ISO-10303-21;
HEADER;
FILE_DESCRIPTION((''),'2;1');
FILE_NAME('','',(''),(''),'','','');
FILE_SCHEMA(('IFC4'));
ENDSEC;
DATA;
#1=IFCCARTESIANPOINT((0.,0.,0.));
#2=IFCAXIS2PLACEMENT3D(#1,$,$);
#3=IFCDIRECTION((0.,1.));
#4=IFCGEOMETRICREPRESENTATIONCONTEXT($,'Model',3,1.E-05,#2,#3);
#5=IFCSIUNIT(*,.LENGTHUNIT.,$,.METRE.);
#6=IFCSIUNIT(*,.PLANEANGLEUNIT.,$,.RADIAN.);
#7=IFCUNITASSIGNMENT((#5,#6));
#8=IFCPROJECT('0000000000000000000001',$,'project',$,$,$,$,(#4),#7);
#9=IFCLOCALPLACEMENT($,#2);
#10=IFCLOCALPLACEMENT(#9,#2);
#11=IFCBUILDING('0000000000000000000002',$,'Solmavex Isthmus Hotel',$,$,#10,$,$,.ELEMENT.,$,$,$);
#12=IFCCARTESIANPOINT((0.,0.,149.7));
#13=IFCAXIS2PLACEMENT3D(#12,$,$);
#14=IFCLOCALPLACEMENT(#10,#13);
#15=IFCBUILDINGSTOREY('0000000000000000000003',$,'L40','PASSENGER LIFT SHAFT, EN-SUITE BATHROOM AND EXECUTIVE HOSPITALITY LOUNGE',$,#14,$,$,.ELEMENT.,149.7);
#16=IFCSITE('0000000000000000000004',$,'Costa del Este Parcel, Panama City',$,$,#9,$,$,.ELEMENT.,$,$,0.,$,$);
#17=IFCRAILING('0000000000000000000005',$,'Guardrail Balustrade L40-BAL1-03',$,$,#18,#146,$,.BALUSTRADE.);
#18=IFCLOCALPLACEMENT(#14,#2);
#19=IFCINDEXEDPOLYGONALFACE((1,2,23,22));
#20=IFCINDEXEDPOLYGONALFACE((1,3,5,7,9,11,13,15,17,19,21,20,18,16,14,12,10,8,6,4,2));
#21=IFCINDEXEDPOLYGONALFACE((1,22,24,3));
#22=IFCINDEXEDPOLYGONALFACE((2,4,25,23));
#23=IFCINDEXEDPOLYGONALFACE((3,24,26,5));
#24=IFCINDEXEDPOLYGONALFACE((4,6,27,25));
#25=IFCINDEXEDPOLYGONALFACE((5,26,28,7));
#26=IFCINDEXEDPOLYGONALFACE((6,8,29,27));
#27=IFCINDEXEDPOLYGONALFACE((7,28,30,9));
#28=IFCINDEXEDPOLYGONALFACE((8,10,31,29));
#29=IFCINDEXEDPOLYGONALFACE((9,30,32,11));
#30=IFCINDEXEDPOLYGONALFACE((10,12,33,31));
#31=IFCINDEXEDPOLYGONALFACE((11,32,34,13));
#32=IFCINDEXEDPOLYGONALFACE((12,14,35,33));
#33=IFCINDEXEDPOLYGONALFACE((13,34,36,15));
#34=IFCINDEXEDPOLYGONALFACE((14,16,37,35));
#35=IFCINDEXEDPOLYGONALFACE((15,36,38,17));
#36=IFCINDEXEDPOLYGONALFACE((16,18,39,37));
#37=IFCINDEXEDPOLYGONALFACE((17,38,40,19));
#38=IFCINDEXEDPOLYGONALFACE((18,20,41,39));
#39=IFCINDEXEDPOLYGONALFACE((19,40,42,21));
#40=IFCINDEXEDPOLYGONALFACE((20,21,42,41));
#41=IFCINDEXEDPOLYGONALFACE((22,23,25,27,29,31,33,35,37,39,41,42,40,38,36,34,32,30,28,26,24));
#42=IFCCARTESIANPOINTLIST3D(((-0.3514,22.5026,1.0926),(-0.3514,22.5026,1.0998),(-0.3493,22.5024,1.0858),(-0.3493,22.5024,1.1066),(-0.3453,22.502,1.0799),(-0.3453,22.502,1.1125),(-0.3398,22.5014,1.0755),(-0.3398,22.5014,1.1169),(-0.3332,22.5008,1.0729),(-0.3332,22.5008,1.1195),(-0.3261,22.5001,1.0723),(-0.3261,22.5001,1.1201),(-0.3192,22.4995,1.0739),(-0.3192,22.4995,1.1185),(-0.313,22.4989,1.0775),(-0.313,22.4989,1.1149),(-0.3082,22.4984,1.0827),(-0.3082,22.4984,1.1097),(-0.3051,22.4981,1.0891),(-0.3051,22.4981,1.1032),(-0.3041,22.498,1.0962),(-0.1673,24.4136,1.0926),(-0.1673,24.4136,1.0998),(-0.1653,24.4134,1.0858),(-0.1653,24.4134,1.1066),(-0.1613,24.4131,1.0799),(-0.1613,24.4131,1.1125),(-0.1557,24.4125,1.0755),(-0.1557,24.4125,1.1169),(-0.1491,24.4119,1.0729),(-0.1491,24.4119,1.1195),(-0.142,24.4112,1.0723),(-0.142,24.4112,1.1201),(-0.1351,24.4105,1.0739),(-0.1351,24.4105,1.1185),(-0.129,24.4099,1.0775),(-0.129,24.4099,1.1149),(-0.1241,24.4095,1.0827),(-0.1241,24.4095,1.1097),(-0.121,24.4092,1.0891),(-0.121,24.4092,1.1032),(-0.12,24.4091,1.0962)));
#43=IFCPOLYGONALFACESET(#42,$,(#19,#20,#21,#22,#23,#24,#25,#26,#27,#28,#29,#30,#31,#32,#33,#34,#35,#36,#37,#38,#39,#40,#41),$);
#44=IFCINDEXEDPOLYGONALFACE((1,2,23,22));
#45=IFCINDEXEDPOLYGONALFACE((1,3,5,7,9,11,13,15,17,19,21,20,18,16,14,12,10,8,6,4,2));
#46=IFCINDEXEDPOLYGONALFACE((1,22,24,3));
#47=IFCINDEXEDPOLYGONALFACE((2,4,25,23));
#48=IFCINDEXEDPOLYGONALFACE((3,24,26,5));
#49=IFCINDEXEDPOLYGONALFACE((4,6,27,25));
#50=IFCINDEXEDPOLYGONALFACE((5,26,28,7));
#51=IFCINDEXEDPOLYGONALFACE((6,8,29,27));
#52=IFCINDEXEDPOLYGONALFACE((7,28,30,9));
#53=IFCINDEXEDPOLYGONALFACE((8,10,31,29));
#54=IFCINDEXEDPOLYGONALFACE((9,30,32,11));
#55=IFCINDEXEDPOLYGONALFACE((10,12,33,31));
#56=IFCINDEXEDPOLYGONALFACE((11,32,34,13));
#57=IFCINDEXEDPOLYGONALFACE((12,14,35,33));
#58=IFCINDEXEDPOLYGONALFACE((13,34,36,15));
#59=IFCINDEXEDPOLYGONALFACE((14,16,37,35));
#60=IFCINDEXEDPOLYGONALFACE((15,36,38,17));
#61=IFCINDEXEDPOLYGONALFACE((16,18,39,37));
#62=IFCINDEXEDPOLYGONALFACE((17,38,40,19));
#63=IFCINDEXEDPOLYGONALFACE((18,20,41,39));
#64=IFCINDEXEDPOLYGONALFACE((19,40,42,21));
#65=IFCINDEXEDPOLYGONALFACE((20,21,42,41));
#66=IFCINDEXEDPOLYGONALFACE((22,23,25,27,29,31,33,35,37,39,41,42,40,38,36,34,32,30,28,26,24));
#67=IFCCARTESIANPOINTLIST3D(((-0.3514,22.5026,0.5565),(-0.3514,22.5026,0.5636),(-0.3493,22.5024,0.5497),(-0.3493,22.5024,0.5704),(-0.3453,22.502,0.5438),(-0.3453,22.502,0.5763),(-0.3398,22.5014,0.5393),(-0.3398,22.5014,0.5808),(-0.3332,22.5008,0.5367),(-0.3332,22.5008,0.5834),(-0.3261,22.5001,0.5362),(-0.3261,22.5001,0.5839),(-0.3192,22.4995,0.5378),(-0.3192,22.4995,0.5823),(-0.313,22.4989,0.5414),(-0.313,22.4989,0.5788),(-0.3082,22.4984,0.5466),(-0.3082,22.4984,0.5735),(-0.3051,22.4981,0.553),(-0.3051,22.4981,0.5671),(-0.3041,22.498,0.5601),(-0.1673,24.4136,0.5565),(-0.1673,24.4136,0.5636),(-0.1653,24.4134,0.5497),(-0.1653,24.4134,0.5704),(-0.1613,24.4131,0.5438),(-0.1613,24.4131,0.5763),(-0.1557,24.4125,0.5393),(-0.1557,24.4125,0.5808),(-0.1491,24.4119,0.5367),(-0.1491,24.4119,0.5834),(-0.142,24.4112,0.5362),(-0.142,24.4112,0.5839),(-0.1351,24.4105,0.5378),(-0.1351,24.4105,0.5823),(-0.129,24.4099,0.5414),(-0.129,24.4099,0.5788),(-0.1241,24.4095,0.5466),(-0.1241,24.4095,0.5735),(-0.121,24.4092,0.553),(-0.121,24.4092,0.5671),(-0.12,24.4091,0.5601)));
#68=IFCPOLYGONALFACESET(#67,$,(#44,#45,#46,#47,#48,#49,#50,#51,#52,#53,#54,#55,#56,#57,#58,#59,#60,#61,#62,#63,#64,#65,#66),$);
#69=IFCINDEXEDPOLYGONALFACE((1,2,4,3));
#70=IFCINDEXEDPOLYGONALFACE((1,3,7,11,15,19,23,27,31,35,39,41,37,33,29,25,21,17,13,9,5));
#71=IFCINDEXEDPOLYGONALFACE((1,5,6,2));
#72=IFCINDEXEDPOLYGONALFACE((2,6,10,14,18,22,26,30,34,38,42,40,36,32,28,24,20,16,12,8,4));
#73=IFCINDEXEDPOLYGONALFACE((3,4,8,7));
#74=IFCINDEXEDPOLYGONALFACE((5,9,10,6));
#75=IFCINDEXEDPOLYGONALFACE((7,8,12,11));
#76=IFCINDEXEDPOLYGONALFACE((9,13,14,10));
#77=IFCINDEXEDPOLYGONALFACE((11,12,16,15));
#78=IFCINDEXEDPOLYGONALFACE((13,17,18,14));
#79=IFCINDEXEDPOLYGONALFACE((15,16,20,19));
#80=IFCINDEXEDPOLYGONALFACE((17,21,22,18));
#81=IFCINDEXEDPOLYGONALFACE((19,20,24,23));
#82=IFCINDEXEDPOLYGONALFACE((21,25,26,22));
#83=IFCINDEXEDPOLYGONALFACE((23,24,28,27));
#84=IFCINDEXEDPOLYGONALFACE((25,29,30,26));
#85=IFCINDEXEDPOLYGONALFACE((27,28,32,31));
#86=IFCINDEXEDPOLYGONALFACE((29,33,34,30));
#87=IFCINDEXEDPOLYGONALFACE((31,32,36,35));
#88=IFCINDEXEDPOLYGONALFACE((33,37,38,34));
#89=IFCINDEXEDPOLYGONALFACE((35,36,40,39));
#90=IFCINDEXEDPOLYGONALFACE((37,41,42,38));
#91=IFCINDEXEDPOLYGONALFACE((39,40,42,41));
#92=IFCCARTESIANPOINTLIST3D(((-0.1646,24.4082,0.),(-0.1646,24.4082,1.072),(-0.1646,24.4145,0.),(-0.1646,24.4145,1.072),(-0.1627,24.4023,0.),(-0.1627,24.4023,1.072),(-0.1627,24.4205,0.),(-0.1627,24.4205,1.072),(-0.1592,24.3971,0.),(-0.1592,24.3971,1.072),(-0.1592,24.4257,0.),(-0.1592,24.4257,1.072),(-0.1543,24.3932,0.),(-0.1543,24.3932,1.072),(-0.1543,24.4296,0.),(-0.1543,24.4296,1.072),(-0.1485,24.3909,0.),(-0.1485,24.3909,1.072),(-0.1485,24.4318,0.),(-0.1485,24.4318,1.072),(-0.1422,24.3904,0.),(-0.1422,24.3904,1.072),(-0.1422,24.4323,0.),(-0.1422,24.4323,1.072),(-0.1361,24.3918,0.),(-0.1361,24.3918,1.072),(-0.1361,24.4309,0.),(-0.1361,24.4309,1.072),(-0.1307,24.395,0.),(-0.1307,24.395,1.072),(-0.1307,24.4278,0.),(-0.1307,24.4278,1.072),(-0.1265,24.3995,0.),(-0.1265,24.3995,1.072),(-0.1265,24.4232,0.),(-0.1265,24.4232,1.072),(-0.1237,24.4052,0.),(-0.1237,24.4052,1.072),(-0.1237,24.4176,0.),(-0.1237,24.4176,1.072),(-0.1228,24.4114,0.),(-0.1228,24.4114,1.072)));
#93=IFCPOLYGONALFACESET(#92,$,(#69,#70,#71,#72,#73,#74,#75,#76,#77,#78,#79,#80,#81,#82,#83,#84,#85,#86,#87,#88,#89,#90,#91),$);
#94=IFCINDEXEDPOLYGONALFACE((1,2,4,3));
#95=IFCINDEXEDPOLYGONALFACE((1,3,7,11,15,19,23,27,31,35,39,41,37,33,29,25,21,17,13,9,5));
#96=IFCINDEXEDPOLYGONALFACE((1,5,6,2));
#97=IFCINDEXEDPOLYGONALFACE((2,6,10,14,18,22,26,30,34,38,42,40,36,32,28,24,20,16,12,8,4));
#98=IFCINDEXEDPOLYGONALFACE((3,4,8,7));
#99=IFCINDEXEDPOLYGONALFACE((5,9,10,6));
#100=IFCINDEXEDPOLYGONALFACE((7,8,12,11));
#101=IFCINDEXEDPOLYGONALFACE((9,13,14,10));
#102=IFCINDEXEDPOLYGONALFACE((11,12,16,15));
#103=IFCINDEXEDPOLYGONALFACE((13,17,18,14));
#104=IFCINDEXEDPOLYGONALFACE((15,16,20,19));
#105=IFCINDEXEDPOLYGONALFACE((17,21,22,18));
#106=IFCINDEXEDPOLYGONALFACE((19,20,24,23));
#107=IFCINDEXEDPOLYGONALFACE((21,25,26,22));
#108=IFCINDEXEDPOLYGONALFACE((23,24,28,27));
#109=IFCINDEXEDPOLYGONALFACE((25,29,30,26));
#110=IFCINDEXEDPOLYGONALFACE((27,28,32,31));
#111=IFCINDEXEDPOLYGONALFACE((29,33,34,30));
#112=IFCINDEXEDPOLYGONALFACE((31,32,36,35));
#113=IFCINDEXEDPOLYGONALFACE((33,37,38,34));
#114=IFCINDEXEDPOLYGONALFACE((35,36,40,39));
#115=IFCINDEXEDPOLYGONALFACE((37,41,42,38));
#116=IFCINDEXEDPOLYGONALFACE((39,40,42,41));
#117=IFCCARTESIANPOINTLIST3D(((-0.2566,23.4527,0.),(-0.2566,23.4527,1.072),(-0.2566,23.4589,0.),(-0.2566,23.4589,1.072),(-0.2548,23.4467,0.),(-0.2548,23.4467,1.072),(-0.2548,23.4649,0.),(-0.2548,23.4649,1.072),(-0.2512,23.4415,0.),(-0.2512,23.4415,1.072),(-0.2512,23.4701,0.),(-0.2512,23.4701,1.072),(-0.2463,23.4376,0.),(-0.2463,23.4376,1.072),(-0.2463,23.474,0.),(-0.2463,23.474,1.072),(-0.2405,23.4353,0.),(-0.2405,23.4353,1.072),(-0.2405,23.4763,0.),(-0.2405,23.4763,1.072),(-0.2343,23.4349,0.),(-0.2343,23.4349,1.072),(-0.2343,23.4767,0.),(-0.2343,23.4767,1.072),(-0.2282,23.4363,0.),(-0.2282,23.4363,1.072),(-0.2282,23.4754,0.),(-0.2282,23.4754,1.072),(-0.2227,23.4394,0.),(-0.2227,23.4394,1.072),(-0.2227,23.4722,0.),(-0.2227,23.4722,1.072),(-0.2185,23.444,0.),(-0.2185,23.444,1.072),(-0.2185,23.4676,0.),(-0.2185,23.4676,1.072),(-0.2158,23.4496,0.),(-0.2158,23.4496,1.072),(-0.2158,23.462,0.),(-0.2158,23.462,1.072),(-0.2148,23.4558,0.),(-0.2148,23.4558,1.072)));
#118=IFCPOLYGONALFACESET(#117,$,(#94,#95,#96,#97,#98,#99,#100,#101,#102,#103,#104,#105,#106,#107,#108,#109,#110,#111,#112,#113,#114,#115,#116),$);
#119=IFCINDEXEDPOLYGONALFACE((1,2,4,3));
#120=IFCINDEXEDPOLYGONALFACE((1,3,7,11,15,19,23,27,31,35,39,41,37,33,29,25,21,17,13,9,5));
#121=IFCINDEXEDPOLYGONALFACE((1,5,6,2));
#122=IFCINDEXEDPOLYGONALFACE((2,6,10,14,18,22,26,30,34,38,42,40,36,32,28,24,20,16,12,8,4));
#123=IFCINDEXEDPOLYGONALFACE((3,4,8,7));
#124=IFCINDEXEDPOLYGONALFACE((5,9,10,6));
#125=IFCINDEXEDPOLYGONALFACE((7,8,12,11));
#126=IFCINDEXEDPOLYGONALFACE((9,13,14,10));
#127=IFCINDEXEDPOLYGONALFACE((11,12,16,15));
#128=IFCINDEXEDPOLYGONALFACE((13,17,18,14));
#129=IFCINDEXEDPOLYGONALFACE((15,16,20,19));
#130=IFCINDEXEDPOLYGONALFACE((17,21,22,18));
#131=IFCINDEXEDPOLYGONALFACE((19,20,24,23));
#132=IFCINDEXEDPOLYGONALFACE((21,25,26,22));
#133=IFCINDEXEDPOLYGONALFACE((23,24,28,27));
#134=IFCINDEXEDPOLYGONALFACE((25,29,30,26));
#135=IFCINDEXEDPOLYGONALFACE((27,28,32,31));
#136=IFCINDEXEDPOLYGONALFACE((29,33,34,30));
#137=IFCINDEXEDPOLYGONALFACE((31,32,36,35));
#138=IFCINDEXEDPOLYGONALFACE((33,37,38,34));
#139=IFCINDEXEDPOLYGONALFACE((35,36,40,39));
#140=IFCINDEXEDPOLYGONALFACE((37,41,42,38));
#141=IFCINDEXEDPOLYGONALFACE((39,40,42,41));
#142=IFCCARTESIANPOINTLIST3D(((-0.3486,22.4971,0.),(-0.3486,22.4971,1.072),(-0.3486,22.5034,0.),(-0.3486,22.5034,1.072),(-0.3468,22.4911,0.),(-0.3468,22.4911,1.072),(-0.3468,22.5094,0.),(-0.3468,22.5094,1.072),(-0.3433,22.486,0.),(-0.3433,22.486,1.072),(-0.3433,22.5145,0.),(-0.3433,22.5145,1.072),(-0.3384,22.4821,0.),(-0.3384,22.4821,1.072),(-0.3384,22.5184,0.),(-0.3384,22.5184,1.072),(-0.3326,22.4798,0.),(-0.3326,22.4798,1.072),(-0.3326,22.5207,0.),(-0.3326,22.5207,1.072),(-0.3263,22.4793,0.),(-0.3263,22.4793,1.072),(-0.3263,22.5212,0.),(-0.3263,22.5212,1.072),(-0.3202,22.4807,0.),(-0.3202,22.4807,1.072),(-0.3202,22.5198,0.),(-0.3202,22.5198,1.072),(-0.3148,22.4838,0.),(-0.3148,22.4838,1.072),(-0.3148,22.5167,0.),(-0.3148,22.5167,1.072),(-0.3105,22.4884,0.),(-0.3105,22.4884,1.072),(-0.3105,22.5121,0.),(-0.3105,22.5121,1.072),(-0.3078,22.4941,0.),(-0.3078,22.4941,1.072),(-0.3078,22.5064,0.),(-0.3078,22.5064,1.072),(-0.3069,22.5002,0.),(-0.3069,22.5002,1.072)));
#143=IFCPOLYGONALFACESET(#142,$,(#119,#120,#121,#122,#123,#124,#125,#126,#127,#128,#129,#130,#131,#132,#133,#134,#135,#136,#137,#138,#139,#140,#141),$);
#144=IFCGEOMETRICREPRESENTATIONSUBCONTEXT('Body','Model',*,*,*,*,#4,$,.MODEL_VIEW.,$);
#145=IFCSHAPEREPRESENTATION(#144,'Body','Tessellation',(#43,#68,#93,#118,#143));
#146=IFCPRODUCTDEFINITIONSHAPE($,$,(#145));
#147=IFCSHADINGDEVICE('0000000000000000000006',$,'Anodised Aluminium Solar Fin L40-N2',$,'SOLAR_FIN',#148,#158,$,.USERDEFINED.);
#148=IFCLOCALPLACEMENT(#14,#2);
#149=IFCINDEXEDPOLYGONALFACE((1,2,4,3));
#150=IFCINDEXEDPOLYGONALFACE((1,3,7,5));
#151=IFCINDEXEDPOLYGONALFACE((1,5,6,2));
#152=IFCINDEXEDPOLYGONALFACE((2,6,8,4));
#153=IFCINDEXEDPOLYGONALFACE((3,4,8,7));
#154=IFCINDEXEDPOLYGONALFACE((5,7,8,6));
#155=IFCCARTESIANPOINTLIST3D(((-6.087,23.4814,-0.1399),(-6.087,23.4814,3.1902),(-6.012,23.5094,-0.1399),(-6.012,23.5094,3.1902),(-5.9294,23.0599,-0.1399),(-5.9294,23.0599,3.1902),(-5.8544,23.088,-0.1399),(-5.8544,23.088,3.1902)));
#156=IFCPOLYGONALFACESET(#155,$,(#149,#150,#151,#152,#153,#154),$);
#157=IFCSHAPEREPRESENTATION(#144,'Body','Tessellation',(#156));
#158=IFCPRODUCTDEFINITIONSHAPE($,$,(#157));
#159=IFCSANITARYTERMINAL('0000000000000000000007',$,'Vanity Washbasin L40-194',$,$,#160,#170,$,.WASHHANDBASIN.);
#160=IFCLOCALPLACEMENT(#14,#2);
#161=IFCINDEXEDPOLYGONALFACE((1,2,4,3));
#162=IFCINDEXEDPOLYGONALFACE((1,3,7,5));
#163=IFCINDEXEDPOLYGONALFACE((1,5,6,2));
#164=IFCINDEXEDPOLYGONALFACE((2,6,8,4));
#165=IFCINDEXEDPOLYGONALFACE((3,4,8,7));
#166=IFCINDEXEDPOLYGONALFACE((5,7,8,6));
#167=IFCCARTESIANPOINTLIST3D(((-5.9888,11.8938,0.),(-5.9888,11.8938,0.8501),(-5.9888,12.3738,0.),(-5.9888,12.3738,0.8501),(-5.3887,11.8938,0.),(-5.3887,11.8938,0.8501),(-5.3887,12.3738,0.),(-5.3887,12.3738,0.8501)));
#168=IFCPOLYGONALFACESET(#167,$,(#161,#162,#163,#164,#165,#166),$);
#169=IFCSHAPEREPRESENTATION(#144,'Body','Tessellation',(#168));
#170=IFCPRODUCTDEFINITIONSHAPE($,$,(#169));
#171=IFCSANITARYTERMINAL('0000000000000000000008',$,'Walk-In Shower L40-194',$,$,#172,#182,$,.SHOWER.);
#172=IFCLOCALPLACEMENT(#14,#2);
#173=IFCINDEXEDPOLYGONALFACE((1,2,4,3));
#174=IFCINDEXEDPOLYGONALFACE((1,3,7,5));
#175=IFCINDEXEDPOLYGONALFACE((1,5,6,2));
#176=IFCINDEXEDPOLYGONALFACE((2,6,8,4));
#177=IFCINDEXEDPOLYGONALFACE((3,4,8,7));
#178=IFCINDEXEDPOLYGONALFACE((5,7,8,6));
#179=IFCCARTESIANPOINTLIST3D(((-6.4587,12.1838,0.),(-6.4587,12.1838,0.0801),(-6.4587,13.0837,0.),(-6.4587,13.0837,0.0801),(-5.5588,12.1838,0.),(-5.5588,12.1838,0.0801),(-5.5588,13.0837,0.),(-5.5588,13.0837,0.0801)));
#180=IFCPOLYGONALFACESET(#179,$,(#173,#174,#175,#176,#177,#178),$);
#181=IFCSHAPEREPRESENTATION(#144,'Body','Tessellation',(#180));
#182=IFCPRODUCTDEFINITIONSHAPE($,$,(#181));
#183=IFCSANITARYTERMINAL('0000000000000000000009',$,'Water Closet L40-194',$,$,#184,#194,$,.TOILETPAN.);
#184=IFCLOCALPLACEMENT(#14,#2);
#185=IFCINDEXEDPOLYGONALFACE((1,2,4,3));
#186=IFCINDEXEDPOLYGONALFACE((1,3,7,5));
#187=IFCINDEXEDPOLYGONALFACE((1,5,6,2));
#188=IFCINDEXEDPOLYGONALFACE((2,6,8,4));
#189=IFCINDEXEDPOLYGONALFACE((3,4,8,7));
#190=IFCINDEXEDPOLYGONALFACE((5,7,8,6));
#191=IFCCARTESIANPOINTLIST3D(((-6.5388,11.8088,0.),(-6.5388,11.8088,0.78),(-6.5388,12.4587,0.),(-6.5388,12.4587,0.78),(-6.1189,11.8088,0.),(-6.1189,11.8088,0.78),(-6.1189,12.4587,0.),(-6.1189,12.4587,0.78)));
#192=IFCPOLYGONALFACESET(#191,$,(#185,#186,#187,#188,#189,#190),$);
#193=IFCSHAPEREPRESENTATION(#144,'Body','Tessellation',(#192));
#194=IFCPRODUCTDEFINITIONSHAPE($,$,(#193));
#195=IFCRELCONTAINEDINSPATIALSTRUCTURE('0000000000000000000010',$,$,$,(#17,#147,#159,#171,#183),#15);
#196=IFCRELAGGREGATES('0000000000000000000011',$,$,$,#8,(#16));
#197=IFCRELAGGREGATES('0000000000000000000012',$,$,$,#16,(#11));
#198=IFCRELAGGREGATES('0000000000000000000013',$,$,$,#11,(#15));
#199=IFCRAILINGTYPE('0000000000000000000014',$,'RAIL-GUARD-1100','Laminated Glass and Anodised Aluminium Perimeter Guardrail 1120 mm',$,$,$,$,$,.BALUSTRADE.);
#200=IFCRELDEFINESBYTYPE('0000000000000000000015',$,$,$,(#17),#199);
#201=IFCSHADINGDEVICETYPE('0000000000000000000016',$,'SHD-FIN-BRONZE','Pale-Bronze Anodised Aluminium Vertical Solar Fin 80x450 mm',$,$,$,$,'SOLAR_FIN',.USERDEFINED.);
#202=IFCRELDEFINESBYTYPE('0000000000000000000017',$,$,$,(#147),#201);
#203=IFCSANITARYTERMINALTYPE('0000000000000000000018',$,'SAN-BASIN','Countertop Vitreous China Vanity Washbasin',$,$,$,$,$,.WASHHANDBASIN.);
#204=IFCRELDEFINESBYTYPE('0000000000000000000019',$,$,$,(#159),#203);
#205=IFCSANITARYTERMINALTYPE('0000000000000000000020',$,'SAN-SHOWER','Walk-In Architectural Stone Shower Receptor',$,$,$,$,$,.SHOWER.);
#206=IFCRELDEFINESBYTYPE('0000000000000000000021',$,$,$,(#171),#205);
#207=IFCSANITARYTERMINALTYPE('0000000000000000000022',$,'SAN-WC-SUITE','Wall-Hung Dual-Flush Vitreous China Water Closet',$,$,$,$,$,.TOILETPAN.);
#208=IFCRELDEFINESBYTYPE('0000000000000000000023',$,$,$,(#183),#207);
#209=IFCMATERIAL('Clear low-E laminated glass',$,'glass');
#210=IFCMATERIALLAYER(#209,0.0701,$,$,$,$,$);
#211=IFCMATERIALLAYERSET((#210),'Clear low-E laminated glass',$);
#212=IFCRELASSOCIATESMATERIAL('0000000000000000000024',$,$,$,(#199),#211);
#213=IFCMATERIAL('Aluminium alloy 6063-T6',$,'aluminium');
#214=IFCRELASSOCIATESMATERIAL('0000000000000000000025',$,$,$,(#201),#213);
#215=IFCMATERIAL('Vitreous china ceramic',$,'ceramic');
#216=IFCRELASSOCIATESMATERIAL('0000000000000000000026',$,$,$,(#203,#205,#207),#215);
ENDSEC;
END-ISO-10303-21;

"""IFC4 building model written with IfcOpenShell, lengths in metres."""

from ifc_helpers import new_model, si_unit, direction, frame, origin, origin_2d, place, context, subcontext, project, spatial, rectangle, circle, extrude, material, layer, layer_set, type_object, element, save


model = new_model("IFC4")

# Units and contexts
model_context = context("Model", 3, precision=1e-05, world=origin(), true_north=direction((0.0, 1.0)))
body_context = subcontext(model_context, "Body", "Model", "MODEL_VIEW")
ifc_project = project(units=[si_unit("LENGTHUNIT", "METRE"), si_unit("PLANEANGLEUNIT", "RADIAN")], contexts=[model_context])

# Site, building, storey
site_placement = place(None, origin())
site = spatial("IfcSite", under=ifc_project, at=site_placement, Name="Costa del Este Parcel, Panama City", CompositionType="ELEMENT", RefElevation=0.0)
building_placement = place(site_placement, origin())
building = spatial("IfcBuilding", under=site, at=building_placement, Name="Solmavex Isthmus Hotel", CompositionType="ELEMENT")
storey_placement = place(building_placement, frame((0.0, 0.0, 149.7)))
storey = spatial("IfcBuildingStorey", under=building, at=storey_placement, Name="L40", Description="PASSENGER LIFT SHAFT, EN-SUITE BATHROOM AND EXECUTIVE HOSPITALITY LOUNGE", CompositionType="ELEMENT", Elevation=149.7)

# Shared definitions
ifc_material_1 = material(Name="Aluminium alloy 6063-T6", Category="aluminium")

# Shared definitions
ifc_material_2 = material(Name="Clear low-E laminated glass", Category="glass")

# Railing
ifc_layer_1 = layer(ifc_material_2, 0.0701)
ifc_layer_set_1 = layer_set([ifc_layer_1], Name="Clear low-E laminated glass")
railing_type = type_object("IfcRailingType", Name="RAIL-GUARD-1100", Description="Laminated Glass and Anodised Aluminium Perimeter Guardrail 1120 mm", PredefinedType="BALUSTRADE", material=ifc_layer_set_1)
railing_1_placement = place(storey_placement, frame((-0.1438, 24.4114, 0.0)))
element("IfcRailing", 1, at=railing_1_placement, inside=storey, type_object=railing_type, Name="Guardrail Balustrade L40-BAL1-03", PredefinedType="BALUSTRADE", context=body_context, shape_type="SweptSolid", body=[
    extrude(circle(Radius=0.0239, at=origin_2d()), frame((0.0, 0.0, 1.0962), z_axis=(-0.095877, -0.995393, 0.0), x_axis=(0.995393, -0.095877, 0.0)), (0.0, 0.0, 1.0), 1.9199),
    extrude(circle(Radius=0.0239, at=origin_2d()), frame((0.0, 0.0, 0.5601), z_axis=(-0.095877, -0.995393, 0.0), x_axis=(0.995393, -0.095877, 0.0)), (0.0, 0.0, 1.0), 1.9199),
    extrude(circle(Radius=0.021, at=origin_2d()), origin(), (0.0, 0.0, 1.0), 1.072),
    extrude(circle(Radius=0.021, at=origin_2d()), frame((-0.092, -0.9556, 0.0)), (0.0, 0.0, 1.0), 1.072),
    extrude(circle(Radius=0.021, at=origin_2d()), frame((-0.1841, -1.9111, 0.0)), (0.0, 0.0, 1.0), 1.072),
])

# Shading device
shading_device_type = type_object("IfcShadingDeviceType", Name="SHD-FIN-BRONZE", Description="Pale-Bronze Anodised Aluminium Vertical Solar Fin 80x450 mm", ElementType="SOLAR_FIN", PredefinedType="USERDEFINED", material=ifc_material_1)
shading_device_placement = place(storey_placement, frame((-5.9707, 23.2847, -0.1399), z_axis=(0.0, 0.0, 1.0), x_axis=(-0.350207, 0.936672, 0.0)))
element("IfcShadingDevice", 2, at=shading_device_placement, inside=storey, type_object=shading_device_type, Name="Anodised Aluminium Solar Fin L40-N2", ObjectType="SOLAR_FIN", PredefinedType="USERDEFINED", context=body_context, shape_type="SweptSolid", body=[
    extrude(rectangle(XDim=0.45, YDim=0.0801, at=origin_2d()), origin(), (0.0, 0.0, 1.0), 3.3301),
])

# Sanitary terminals
ifc_material_3 = material(Name="Vitreous china ceramic", Category="ceramic")
sanitary_terminal_type_1 = type_object("IfcSanitaryTerminalType", Name="SAN-BASIN", Description="Countertop Vitreous China Vanity Washbasin", PredefinedType="WASHHANDBASIN", material=ifc_material_3)
sanitary_terminal_1_placement = place(storey_placement, frame((-5.6887, 12.1338, 0.0), z_axis=(0.0, 0.0, 1.0), x_axis=(1.0, 0.0, 0.0)))
element("IfcSanitaryTerminal", 3, at=sanitary_terminal_1_placement, inside=storey, type_object=sanitary_terminal_type_1, Name="Vanity Washbasin L40-194", PredefinedType="WASHHANDBASIN", context=body_context, shape_type="SweptSolid", body=[
    extrude(rectangle(XDim=0.6001, YDim=0.48, at=origin_2d()), origin(), (0.0, 0.0, 1.0), 0.8501),
])
sanitary_terminal_type_2 = type_object("IfcSanitaryTerminalType", Name="SAN-SHOWER", Description="Walk-In Architectural Stone Shower Receptor", PredefinedType="SHOWER", material=ifc_material_3)
sanitary_terminal_2_placement = place(storey_placement, frame((-6.0088, 12.6338, 0.0), z_axis=(0.0, 0.0, 1.0), x_axis=(1.0, 0.0, 0.0)))
element("IfcSanitaryTerminal", 4, at=sanitary_terminal_2_placement, inside=storey, type_object=sanitary_terminal_type_2, Name="Walk-In Shower L40-194", PredefinedType="SHOWER", context=body_context, shape_type="SweptSolid", body=[
    extrude(rectangle(XDim=0.8999, YDim=0.8999, at=origin_2d()), origin(), (0.0, 0.0, 1.0), 0.0801),
])
sanitary_terminal_type_3 = type_object("IfcSanitaryTerminalType", Name="SAN-WC-SUITE", Description="Wall-Hung Dual-Flush Vitreous China Water Closet", PredefinedType="TOILETPAN", material=ifc_material_3)
sanitary_terminal_3_placement = place(storey_placement, frame((-6.3289, 12.1338, 0.0), z_axis=(0.0, 0.0, 1.0), x_axis=(1.0, 0.0, 0.0)))
element("IfcSanitaryTerminal", 5, at=sanitary_terminal_3_placement, inside=storey, type_object=sanitary_terminal_type_3, Name="Water Closet L40-194", PredefinedType="TOILETPAN", context=body_context, shape_type="SweptSolid", body=[
    extrude(rectangle(XDim=0.4199, YDim=0.6499, at=origin_2d()), origin(), (0.0, 0.0, 1.0), 0.78),
])

save(model, "model.ifc")
